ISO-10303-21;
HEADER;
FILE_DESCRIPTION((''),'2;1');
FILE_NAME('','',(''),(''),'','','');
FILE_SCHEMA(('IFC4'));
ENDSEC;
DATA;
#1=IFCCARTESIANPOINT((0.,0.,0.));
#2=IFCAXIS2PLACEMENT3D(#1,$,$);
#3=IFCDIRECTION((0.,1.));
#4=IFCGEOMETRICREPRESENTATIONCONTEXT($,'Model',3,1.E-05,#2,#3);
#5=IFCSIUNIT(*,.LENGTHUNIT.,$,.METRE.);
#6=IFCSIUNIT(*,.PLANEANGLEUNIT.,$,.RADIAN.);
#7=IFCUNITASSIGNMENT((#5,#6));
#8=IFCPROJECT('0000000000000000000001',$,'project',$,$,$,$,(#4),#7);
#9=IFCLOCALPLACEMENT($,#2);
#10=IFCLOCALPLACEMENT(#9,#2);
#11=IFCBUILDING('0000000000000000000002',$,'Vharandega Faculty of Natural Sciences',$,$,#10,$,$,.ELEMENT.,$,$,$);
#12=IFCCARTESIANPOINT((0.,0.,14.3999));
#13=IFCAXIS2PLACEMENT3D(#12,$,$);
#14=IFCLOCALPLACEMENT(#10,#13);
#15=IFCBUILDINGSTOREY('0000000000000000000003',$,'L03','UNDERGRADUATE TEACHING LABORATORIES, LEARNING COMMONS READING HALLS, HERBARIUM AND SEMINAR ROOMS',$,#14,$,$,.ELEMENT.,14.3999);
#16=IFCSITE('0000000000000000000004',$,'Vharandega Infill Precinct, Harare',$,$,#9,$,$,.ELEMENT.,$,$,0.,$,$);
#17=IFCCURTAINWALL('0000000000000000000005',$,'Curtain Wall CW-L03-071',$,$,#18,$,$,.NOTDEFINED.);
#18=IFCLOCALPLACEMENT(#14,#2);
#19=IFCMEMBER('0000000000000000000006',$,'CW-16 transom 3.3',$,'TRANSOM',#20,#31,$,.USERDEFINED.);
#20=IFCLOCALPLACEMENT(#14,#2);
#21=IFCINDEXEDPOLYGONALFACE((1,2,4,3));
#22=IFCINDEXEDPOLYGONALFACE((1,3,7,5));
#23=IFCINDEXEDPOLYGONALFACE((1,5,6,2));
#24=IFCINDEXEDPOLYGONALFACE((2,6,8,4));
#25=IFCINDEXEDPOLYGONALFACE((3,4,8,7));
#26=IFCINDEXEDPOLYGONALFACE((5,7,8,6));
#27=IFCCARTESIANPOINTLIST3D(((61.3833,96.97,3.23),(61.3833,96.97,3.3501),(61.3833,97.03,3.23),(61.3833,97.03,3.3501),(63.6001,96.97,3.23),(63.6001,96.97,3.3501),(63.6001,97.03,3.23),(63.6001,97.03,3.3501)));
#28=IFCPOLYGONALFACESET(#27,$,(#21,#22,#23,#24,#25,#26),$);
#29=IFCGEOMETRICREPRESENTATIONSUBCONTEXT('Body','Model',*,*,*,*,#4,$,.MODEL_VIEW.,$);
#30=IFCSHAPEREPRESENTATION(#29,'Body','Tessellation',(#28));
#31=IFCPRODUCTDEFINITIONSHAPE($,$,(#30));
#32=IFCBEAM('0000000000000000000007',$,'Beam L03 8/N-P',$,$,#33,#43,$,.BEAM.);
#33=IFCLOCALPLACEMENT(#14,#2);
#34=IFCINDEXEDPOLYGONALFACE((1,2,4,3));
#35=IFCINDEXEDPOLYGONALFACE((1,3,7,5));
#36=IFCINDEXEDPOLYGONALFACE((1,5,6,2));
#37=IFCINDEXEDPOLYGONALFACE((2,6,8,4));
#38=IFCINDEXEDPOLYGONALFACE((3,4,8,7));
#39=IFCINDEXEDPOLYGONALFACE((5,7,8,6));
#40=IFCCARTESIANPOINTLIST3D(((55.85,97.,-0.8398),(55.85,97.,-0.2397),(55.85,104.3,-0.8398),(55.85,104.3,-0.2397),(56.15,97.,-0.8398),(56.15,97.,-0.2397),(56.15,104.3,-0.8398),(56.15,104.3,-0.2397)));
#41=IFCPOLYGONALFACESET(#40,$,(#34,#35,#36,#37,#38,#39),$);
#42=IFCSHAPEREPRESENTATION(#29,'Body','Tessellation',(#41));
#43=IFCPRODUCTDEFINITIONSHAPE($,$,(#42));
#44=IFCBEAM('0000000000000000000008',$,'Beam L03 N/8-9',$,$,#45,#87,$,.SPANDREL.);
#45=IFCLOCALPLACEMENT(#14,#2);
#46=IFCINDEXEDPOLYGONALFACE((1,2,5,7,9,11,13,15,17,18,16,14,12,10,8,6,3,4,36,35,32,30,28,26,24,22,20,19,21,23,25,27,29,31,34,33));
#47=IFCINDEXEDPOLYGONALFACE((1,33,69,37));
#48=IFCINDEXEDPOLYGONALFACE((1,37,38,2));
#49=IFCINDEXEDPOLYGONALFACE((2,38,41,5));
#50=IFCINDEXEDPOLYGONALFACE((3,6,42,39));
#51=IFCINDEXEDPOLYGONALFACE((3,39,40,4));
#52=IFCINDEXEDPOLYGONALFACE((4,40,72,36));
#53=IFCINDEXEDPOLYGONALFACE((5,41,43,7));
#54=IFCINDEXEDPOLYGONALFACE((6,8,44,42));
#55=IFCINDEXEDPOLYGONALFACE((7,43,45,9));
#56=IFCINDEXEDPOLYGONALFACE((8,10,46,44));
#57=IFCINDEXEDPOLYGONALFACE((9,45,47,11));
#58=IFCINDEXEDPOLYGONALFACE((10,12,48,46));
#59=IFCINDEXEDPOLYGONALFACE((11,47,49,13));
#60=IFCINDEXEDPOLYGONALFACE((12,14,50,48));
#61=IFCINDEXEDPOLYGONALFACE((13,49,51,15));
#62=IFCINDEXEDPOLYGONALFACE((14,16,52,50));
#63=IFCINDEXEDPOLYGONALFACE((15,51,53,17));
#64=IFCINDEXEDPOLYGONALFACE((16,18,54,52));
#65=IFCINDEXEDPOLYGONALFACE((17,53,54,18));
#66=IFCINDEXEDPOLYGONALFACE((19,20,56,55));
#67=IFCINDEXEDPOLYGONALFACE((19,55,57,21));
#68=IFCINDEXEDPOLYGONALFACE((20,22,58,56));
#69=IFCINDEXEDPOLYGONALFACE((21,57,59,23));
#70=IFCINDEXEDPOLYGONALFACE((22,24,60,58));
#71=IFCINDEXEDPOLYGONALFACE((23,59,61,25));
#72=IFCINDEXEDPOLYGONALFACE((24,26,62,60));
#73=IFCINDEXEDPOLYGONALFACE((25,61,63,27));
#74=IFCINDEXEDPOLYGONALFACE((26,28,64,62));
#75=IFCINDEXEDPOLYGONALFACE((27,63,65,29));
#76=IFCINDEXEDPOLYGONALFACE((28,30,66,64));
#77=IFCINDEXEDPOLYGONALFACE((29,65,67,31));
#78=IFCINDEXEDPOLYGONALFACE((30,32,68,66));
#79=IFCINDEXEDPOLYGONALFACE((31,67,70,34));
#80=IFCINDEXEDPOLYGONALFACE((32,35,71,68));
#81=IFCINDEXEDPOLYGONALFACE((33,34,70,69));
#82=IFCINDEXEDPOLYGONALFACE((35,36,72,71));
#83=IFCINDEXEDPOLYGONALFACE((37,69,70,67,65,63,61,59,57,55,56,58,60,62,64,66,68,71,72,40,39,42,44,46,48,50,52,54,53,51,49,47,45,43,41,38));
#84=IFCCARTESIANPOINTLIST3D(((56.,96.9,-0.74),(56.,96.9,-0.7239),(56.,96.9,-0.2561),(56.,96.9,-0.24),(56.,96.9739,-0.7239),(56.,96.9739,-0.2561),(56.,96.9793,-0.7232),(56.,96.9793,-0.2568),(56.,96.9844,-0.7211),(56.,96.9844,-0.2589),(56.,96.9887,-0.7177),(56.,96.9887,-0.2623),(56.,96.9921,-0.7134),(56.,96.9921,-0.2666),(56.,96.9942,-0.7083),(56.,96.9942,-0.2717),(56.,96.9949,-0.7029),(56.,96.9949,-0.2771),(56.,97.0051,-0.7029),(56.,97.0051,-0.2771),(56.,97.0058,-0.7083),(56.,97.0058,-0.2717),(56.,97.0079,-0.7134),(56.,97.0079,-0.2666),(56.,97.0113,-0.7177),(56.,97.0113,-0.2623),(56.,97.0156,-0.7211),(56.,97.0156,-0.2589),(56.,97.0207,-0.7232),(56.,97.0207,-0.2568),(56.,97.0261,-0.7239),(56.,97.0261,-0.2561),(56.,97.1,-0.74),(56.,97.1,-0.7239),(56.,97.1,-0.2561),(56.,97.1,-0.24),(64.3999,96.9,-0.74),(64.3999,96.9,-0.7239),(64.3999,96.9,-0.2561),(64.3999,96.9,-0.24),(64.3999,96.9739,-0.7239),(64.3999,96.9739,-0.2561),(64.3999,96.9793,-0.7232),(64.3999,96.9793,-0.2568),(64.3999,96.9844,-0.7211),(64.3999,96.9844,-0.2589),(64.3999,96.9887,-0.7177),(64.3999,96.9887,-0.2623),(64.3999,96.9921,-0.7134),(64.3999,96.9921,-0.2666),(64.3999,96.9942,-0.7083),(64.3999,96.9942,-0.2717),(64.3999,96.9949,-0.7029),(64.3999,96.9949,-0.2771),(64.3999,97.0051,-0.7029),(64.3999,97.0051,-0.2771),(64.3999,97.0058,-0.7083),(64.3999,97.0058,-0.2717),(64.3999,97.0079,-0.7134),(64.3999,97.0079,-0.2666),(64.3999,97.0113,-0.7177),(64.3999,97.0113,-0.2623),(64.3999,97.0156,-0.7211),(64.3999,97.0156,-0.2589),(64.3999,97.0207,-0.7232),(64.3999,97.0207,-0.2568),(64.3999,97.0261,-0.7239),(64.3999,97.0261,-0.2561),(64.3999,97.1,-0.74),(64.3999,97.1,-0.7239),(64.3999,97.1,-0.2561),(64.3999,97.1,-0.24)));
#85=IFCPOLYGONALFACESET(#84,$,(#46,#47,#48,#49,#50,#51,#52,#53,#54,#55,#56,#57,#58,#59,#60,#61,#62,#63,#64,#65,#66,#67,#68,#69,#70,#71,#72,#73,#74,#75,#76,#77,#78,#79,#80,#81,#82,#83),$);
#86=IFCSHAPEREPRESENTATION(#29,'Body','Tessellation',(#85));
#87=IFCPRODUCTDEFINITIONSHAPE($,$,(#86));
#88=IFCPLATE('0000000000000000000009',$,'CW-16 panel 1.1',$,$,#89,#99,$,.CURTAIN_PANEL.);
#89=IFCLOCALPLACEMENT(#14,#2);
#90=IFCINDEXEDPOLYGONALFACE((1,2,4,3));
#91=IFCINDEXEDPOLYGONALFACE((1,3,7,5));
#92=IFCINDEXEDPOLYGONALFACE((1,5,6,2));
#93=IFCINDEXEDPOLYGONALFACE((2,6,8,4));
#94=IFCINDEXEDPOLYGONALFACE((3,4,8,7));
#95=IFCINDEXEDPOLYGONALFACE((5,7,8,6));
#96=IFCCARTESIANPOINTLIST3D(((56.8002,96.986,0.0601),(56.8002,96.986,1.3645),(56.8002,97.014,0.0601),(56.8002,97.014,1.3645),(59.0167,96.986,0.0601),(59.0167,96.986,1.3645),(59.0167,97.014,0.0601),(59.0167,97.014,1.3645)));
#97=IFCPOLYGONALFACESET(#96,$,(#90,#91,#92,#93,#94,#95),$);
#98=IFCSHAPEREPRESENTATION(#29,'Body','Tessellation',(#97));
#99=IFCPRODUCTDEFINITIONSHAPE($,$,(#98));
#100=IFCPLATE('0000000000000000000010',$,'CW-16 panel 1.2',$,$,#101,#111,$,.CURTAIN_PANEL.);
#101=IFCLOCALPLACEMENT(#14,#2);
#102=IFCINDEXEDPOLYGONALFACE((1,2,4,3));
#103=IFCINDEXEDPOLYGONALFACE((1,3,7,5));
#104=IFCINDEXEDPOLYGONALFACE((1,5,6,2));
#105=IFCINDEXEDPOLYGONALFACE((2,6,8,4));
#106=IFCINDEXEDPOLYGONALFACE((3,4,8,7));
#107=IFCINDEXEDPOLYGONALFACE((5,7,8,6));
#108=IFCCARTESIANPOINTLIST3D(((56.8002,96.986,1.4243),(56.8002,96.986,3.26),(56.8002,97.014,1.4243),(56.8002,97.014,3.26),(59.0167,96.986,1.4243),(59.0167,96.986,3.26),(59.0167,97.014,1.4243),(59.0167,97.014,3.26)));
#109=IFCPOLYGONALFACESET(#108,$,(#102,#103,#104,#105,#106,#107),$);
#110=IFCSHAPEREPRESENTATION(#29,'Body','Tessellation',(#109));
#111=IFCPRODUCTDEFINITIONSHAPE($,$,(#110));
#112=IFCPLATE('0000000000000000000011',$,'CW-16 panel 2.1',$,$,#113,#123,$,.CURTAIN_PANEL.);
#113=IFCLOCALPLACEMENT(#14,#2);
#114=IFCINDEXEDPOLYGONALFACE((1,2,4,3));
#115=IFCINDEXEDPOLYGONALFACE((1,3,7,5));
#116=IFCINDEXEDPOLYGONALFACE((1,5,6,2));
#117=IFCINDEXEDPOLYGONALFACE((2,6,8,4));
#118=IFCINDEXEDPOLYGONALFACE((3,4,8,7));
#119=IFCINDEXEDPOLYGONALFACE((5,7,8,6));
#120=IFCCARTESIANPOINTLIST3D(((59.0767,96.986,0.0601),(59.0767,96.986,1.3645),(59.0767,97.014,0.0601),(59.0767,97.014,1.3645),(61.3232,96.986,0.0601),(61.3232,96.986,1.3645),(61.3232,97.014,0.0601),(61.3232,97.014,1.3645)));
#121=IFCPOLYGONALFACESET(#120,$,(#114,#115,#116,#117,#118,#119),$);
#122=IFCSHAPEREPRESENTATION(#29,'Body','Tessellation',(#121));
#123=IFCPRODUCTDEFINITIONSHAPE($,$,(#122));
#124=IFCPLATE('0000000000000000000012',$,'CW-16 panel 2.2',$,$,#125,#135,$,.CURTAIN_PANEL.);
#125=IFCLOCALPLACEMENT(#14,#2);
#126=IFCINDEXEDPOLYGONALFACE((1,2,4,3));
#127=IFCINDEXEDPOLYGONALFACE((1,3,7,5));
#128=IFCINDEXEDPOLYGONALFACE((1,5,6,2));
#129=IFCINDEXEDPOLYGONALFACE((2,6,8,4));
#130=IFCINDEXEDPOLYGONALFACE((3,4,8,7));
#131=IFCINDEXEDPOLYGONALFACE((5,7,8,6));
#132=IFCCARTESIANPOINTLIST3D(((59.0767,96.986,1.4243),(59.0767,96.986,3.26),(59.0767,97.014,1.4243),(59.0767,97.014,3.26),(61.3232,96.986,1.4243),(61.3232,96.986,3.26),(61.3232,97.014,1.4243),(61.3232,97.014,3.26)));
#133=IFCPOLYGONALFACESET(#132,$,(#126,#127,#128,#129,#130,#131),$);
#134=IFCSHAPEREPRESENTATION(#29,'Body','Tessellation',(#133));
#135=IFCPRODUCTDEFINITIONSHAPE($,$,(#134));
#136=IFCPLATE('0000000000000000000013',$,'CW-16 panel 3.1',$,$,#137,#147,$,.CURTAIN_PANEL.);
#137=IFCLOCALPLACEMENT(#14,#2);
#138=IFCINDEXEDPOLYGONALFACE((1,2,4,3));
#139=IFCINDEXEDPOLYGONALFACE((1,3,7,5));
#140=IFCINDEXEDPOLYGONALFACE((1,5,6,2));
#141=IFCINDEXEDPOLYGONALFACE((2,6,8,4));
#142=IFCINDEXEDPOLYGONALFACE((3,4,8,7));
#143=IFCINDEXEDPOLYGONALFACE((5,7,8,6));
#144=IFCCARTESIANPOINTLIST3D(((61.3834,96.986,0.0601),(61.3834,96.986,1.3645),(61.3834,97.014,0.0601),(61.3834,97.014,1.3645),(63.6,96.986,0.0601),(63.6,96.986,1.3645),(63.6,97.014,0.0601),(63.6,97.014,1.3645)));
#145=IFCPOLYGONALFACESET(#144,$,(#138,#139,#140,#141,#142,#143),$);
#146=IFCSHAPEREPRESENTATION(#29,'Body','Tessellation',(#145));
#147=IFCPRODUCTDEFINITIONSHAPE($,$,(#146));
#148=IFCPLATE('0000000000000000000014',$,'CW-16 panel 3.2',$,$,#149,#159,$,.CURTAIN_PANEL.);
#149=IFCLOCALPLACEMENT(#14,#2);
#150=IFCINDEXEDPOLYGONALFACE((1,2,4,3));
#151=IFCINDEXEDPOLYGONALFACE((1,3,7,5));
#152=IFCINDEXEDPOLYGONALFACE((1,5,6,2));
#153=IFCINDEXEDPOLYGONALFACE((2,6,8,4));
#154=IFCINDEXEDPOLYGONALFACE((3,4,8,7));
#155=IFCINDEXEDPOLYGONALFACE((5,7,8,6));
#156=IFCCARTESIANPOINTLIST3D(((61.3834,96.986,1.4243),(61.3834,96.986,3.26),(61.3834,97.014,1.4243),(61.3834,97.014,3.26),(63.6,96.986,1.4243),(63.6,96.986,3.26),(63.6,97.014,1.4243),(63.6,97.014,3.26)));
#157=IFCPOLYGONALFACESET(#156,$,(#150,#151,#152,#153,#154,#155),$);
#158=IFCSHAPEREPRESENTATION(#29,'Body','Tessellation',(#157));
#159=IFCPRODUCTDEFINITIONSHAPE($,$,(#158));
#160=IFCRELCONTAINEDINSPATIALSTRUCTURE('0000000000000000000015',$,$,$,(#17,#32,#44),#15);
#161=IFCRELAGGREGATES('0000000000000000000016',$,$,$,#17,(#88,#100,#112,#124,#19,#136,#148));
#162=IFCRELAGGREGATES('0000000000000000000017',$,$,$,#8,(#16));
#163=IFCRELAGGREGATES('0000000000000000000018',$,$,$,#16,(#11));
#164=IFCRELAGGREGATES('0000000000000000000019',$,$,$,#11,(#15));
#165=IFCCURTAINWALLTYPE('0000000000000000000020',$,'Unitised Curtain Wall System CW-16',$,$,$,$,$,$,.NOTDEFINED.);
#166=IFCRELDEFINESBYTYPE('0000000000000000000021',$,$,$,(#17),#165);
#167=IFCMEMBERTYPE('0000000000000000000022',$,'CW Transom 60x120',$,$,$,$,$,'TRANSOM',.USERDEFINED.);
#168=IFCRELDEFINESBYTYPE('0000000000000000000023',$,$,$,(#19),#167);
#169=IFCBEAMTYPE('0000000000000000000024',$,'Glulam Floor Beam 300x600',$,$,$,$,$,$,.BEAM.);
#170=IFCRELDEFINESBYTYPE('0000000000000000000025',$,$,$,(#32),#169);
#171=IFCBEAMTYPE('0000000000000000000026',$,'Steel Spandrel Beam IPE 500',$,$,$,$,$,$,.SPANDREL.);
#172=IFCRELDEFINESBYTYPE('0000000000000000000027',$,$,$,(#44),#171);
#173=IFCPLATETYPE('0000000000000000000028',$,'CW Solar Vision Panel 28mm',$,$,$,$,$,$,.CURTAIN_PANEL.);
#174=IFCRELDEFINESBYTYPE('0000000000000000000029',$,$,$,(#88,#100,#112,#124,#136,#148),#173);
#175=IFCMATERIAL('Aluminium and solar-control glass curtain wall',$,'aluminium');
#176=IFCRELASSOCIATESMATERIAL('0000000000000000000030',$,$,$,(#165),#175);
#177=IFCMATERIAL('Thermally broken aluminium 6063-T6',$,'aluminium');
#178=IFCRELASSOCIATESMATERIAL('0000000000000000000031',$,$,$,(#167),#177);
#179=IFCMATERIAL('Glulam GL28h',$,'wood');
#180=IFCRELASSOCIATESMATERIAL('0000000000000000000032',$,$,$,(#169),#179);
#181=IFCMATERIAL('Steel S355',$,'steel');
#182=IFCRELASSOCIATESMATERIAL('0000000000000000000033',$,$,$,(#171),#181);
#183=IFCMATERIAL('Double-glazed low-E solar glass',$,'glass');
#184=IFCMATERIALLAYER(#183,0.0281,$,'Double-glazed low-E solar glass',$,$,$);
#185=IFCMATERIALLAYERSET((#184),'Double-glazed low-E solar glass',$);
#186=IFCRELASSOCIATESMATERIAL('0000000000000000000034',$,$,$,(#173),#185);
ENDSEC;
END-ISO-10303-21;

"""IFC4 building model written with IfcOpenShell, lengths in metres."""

from ifc_helpers import new_model, si_unit, direction, frame, origin, origin_2d, place, context, subcontext, project, spatial, rectangle, i_section, extrude, material, layer, layer_set, material_profile, profile_set, type_object, element, aggregate, save


model = new_model("IFC4")

# Units and contexts
model_context = context("Model", 3, precision=1e-05, world=origin(), true_north=direction((0.0, 1.0)))
body_context = subcontext(model_context, "Body", "Model", "MODEL_VIEW")
ifc_project = project(units=[si_unit("LENGTHUNIT", "METRE"), si_unit("PLANEANGLEUNIT", "RADIAN")], contexts=[model_context])

# Site, building, storey
site_placement = place(None, origin())
site = spatial("IfcSite", under=ifc_project, at=site_placement, Name="Vharandega Infill Precinct, Harare", CompositionType="ELEMENT", RefElevation=0.0)
building_placement = place(site_placement, origin())
building = spatial("IfcBuilding", under=site, at=building_placement, Name="Vharandega Faculty of Natural Sciences", CompositionType="ELEMENT")
storey_placement = place(building_placement, frame((0.0, 0.0, 14.3999)))
storey = spatial("IfcBuildingStorey", under=building, at=storey_placement, Name="L03", Description="UNDERGRADUATE TEACHING LABORATORIES, LEARNING COMMONS READING HALLS, HERBARIUM AND SEMINAR ROOMS", CompositionType="ELEMENT", Elevation=14.3999)

# Curtain wall, member
ifc_material_1 = material(Name="Aluminium and solar-control glass curtain wall", Category="aluminium")
curtain_wall_type_1 = type_object("IfcCurtainWallType", Name="Unitised Curtain Wall System CW-16", PredefinedType="NOTDEFINED", material=ifc_material_1)
curtain_wall_1_placement = place(storey_placement, origin())
curtain_wall_1 = element("IfcCurtainWall", 1, at=curtain_wall_1_placement, inside=storey, type_object=curtain_wall_type_1, Name="Curtain Wall CW-L03-071", PredefinedType="NOTDEFINED")
ifc_material_2 = material(Name="Thermally broken aluminium 6063-T6", Category="aluminium")
ifc_material_profile_1 = material_profile(ifc_material_2, rectangle(XDim=0.0601, YDim=0.1201, at=origin_2d()), Name="ALU 60x120")
ifc_profile_set_1 = profile_set([ifc_material_profile_1], Name="Thermally broken aluminium 6063-T6")
member_type_1 = type_object("IfcMemberType", Name="CW Transom 60x120", ElementType="TRANSOM", PredefinedType="USERDEFINED", material=ifc_profile_set_1)
member_1_placement = place(storey_placement, frame((61.3833, 97.0, 3.29), z_axis=(1.0, 0.0, 0.0), x_axis=(0.0, 1.0, 0.0)))
member_1 = element("IfcMember", 2, at=member_1_placement, type_object=member_type_1, Name="CW-16 transom 3.3", ObjectType="TRANSOM", PredefinedType="USERDEFINED", context=body_context, shape_type="SweptSolid", body=[
    extrude(rectangle(XDim=0.0601, YDim=0.1201, at=origin_2d()), origin(), (0.0, 0.0, 1.0), 2.2168),
])

# Beams
ifc_material_3 = material(Name="Glulam GL28h", Category="wood")
ifc_material_profile_2 = material_profile(ifc_material_3, rectangle(XDim=0.3, YDim=0.6001, at=origin_2d()), Name="GL28h 300x600")
ifc_profile_set_2 = profile_set([ifc_material_profile_2], Name="Glulam GL28h")
beam_type_1 = type_object("IfcBeamType", Name="Glulam Floor Beam 300x600", PredefinedType="BEAM", material=ifc_profile_set_2)
beam_1_placement = place(storey_placement, frame((56.0, 97.0, -0.5398), z_axis=(0.0, 1.0, 0.0), x_axis=(-1.0, 0.0, 0.0)))
element("IfcBeam", 3, at=beam_1_placement, inside=storey, type_object=beam_type_1, Name="Beam L03 8/N-P", PredefinedType="BEAM", context=body_context, shape_type="SweptSolid", body=[
    extrude(rectangle(XDim=0.3, YDim=0.6001, at=origin_2d()), origin(), (0.0, 0.0, 1.0), 7.3),
])
ifc_material_4 = material(Name="Steel S355", Category="steel")
ifc_material_profile_3 = material_profile(ifc_material_4, i_section(OverallWidth=0.2, OverallDepth=0.5, WebThickness=0.0103, FlangeThickness=0.0161, FilletRadius=0.021, at=origin_2d()), Name="IPE 500")
ifc_profile_set_3 = profile_set([ifc_material_profile_3], Name="Steel S355")
beam_type_2 = type_object("IfcBeamType", Name="Steel Spandrel Beam IPE 500", PredefinedType="SPANDREL", material=ifc_profile_set_3)
beam_2_placement = place(storey_placement, frame((56.0, 97.0, -0.49), z_axis=(1.0, 0.0, 0.0), x_axis=(0.0, 1.0, 0.0)))
element("IfcBeam", 4, at=beam_2_placement, inside=storey, type_object=beam_type_2, Name="Beam L03 N/8-9", PredefinedType="SPANDREL", context=body_context, shape_type="SweptSolid", body=[
    extrude(i_section(OverallWidth=0.2, OverallDepth=0.5, WebThickness=0.0103, FlangeThickness=0.0161, FilletRadius=0.021, at=origin_2d()), origin(), (0.0, 0.0, 1.0), 8.3999),
])

# Plates
ifc_material_5 = material(Name="Double-glazed low-E solar glass", Category="glass")
ifc_layer = layer(ifc_material_5, 0.0281, Name="Double-glazed low-E solar glass")
ifc_layer_set = layer_set([ifc_layer], Name="Double-glazed low-E solar glass")
plate_type = type_object("IfcPlateType", Name="CW Solar Vision Panel 28mm", PredefinedType="CURTAIN_PANEL", material=ifc_layer_set)
plate_1_placement = place(storey_placement, frame((57.9084, 97.0, 0.0601), z_axis=(0.0, 0.0, 1.0), x_axis=(1.0, 0.0, 0.0)))
plate_1 = element("IfcPlate", 5, at=plate_1_placement, type_object=plate_type, Name="CW-16 panel 1.1", PredefinedType="CURTAIN_PANEL", context=body_context, shape_type="SweptSolid", body=[
    extrude(rectangle(XDim=2.2166, YDim=0.0281, at=origin_2d()), origin(), (0.0, 0.0, 1.0), 1.3044),
])
plate_2_placement = place(storey_placement, frame((57.9084, 97.0, 1.4243), z_axis=(0.0, 0.0, 1.0), x_axis=(1.0, 0.0, 0.0)))
plate_2 = element("IfcPlate", 6, at=plate_2_placement, type_object=plate_type, Name="CW-16 panel 1.2", PredefinedType="CURTAIN_PANEL", context=body_context, shape_type="SweptSolid", body=[
    extrude(rectangle(XDim=2.2166, YDim=0.0281, at=origin_2d()), origin(), (0.0, 0.0, 1.0), 1.8357),
])
plate_3_placement = place(storey_placement, frame((60.2, 97.0, 0.0601), z_axis=(0.0, 0.0, 1.0), x_axis=(1.0, 0.0, 0.0)))
plate_3 = element("IfcPlate", 7, at=plate_3_placement, type_object=plate_type, Name="CW-16 panel 2.1", PredefinedType="CURTAIN_PANEL", context=body_context, shape_type="SweptSolid", body=[
    extrude(rectangle(XDim=2.2466, YDim=0.0281, at=origin_2d()), origin(), (0.0, 0.0, 1.0), 1.3044),
])
plate_4_placement = place(storey_placement, frame((60.2, 97.0, 1.4243), z_axis=(0.0, 0.0, 1.0), x_axis=(1.0, 0.0, 0.0)))
plate_4 = element("IfcPlate", 8, at=plate_4_placement, type_object=plate_type, Name="CW-16 panel 2.2", PredefinedType="CURTAIN_PANEL", context=body_context, shape_type="SweptSolid", body=[
    extrude(rectangle(XDim=2.2466, YDim=0.0281, at=origin_2d()), origin(), (0.0, 0.0, 1.0), 1.8357),
])
plate_5_placement = place(storey_placement, frame((62.4917, 97.0, 0.0601), z_axis=(0.0, 0.0, 1.0), x_axis=(1.0, 0.0, 0.0)))
plate_5 = element("IfcPlate", 9, at=plate_5_placement, type_object=plate_type, Name="CW-16 panel 3.1", PredefinedType="CURTAIN_PANEL", context=body_context, shape_type="SweptSolid", body=[
    extrude(rectangle(XDim=2.2166, YDim=0.0281, at=origin_2d()), origin(), (0.0, 0.0, 1.0), 1.3044),
])
plate_6_placement = place(storey_placement, frame((62.4917, 97.0, 1.4243), z_axis=(0.0, 0.0, 1.0), x_axis=(1.0, 0.0, 0.0)))
plate_6 = element("IfcPlate", 10, at=plate_6_placement, type_object=plate_type, Name="CW-16 panel 3.2", PredefinedType="CURTAIN_PANEL", context=body_context, shape_type="SweptSolid", body=[
    extrude(rectangle(XDim=2.2166, YDim=0.0281, at=origin_2d()), origin(), (0.0, 0.0, 1.0), 1.8357),
])
aggregate(curtain_wall_1, [plate_1, plate_2, plate_3, plate_4, member_1, plate_5, plate_6])

save(model, "model.ifc")
